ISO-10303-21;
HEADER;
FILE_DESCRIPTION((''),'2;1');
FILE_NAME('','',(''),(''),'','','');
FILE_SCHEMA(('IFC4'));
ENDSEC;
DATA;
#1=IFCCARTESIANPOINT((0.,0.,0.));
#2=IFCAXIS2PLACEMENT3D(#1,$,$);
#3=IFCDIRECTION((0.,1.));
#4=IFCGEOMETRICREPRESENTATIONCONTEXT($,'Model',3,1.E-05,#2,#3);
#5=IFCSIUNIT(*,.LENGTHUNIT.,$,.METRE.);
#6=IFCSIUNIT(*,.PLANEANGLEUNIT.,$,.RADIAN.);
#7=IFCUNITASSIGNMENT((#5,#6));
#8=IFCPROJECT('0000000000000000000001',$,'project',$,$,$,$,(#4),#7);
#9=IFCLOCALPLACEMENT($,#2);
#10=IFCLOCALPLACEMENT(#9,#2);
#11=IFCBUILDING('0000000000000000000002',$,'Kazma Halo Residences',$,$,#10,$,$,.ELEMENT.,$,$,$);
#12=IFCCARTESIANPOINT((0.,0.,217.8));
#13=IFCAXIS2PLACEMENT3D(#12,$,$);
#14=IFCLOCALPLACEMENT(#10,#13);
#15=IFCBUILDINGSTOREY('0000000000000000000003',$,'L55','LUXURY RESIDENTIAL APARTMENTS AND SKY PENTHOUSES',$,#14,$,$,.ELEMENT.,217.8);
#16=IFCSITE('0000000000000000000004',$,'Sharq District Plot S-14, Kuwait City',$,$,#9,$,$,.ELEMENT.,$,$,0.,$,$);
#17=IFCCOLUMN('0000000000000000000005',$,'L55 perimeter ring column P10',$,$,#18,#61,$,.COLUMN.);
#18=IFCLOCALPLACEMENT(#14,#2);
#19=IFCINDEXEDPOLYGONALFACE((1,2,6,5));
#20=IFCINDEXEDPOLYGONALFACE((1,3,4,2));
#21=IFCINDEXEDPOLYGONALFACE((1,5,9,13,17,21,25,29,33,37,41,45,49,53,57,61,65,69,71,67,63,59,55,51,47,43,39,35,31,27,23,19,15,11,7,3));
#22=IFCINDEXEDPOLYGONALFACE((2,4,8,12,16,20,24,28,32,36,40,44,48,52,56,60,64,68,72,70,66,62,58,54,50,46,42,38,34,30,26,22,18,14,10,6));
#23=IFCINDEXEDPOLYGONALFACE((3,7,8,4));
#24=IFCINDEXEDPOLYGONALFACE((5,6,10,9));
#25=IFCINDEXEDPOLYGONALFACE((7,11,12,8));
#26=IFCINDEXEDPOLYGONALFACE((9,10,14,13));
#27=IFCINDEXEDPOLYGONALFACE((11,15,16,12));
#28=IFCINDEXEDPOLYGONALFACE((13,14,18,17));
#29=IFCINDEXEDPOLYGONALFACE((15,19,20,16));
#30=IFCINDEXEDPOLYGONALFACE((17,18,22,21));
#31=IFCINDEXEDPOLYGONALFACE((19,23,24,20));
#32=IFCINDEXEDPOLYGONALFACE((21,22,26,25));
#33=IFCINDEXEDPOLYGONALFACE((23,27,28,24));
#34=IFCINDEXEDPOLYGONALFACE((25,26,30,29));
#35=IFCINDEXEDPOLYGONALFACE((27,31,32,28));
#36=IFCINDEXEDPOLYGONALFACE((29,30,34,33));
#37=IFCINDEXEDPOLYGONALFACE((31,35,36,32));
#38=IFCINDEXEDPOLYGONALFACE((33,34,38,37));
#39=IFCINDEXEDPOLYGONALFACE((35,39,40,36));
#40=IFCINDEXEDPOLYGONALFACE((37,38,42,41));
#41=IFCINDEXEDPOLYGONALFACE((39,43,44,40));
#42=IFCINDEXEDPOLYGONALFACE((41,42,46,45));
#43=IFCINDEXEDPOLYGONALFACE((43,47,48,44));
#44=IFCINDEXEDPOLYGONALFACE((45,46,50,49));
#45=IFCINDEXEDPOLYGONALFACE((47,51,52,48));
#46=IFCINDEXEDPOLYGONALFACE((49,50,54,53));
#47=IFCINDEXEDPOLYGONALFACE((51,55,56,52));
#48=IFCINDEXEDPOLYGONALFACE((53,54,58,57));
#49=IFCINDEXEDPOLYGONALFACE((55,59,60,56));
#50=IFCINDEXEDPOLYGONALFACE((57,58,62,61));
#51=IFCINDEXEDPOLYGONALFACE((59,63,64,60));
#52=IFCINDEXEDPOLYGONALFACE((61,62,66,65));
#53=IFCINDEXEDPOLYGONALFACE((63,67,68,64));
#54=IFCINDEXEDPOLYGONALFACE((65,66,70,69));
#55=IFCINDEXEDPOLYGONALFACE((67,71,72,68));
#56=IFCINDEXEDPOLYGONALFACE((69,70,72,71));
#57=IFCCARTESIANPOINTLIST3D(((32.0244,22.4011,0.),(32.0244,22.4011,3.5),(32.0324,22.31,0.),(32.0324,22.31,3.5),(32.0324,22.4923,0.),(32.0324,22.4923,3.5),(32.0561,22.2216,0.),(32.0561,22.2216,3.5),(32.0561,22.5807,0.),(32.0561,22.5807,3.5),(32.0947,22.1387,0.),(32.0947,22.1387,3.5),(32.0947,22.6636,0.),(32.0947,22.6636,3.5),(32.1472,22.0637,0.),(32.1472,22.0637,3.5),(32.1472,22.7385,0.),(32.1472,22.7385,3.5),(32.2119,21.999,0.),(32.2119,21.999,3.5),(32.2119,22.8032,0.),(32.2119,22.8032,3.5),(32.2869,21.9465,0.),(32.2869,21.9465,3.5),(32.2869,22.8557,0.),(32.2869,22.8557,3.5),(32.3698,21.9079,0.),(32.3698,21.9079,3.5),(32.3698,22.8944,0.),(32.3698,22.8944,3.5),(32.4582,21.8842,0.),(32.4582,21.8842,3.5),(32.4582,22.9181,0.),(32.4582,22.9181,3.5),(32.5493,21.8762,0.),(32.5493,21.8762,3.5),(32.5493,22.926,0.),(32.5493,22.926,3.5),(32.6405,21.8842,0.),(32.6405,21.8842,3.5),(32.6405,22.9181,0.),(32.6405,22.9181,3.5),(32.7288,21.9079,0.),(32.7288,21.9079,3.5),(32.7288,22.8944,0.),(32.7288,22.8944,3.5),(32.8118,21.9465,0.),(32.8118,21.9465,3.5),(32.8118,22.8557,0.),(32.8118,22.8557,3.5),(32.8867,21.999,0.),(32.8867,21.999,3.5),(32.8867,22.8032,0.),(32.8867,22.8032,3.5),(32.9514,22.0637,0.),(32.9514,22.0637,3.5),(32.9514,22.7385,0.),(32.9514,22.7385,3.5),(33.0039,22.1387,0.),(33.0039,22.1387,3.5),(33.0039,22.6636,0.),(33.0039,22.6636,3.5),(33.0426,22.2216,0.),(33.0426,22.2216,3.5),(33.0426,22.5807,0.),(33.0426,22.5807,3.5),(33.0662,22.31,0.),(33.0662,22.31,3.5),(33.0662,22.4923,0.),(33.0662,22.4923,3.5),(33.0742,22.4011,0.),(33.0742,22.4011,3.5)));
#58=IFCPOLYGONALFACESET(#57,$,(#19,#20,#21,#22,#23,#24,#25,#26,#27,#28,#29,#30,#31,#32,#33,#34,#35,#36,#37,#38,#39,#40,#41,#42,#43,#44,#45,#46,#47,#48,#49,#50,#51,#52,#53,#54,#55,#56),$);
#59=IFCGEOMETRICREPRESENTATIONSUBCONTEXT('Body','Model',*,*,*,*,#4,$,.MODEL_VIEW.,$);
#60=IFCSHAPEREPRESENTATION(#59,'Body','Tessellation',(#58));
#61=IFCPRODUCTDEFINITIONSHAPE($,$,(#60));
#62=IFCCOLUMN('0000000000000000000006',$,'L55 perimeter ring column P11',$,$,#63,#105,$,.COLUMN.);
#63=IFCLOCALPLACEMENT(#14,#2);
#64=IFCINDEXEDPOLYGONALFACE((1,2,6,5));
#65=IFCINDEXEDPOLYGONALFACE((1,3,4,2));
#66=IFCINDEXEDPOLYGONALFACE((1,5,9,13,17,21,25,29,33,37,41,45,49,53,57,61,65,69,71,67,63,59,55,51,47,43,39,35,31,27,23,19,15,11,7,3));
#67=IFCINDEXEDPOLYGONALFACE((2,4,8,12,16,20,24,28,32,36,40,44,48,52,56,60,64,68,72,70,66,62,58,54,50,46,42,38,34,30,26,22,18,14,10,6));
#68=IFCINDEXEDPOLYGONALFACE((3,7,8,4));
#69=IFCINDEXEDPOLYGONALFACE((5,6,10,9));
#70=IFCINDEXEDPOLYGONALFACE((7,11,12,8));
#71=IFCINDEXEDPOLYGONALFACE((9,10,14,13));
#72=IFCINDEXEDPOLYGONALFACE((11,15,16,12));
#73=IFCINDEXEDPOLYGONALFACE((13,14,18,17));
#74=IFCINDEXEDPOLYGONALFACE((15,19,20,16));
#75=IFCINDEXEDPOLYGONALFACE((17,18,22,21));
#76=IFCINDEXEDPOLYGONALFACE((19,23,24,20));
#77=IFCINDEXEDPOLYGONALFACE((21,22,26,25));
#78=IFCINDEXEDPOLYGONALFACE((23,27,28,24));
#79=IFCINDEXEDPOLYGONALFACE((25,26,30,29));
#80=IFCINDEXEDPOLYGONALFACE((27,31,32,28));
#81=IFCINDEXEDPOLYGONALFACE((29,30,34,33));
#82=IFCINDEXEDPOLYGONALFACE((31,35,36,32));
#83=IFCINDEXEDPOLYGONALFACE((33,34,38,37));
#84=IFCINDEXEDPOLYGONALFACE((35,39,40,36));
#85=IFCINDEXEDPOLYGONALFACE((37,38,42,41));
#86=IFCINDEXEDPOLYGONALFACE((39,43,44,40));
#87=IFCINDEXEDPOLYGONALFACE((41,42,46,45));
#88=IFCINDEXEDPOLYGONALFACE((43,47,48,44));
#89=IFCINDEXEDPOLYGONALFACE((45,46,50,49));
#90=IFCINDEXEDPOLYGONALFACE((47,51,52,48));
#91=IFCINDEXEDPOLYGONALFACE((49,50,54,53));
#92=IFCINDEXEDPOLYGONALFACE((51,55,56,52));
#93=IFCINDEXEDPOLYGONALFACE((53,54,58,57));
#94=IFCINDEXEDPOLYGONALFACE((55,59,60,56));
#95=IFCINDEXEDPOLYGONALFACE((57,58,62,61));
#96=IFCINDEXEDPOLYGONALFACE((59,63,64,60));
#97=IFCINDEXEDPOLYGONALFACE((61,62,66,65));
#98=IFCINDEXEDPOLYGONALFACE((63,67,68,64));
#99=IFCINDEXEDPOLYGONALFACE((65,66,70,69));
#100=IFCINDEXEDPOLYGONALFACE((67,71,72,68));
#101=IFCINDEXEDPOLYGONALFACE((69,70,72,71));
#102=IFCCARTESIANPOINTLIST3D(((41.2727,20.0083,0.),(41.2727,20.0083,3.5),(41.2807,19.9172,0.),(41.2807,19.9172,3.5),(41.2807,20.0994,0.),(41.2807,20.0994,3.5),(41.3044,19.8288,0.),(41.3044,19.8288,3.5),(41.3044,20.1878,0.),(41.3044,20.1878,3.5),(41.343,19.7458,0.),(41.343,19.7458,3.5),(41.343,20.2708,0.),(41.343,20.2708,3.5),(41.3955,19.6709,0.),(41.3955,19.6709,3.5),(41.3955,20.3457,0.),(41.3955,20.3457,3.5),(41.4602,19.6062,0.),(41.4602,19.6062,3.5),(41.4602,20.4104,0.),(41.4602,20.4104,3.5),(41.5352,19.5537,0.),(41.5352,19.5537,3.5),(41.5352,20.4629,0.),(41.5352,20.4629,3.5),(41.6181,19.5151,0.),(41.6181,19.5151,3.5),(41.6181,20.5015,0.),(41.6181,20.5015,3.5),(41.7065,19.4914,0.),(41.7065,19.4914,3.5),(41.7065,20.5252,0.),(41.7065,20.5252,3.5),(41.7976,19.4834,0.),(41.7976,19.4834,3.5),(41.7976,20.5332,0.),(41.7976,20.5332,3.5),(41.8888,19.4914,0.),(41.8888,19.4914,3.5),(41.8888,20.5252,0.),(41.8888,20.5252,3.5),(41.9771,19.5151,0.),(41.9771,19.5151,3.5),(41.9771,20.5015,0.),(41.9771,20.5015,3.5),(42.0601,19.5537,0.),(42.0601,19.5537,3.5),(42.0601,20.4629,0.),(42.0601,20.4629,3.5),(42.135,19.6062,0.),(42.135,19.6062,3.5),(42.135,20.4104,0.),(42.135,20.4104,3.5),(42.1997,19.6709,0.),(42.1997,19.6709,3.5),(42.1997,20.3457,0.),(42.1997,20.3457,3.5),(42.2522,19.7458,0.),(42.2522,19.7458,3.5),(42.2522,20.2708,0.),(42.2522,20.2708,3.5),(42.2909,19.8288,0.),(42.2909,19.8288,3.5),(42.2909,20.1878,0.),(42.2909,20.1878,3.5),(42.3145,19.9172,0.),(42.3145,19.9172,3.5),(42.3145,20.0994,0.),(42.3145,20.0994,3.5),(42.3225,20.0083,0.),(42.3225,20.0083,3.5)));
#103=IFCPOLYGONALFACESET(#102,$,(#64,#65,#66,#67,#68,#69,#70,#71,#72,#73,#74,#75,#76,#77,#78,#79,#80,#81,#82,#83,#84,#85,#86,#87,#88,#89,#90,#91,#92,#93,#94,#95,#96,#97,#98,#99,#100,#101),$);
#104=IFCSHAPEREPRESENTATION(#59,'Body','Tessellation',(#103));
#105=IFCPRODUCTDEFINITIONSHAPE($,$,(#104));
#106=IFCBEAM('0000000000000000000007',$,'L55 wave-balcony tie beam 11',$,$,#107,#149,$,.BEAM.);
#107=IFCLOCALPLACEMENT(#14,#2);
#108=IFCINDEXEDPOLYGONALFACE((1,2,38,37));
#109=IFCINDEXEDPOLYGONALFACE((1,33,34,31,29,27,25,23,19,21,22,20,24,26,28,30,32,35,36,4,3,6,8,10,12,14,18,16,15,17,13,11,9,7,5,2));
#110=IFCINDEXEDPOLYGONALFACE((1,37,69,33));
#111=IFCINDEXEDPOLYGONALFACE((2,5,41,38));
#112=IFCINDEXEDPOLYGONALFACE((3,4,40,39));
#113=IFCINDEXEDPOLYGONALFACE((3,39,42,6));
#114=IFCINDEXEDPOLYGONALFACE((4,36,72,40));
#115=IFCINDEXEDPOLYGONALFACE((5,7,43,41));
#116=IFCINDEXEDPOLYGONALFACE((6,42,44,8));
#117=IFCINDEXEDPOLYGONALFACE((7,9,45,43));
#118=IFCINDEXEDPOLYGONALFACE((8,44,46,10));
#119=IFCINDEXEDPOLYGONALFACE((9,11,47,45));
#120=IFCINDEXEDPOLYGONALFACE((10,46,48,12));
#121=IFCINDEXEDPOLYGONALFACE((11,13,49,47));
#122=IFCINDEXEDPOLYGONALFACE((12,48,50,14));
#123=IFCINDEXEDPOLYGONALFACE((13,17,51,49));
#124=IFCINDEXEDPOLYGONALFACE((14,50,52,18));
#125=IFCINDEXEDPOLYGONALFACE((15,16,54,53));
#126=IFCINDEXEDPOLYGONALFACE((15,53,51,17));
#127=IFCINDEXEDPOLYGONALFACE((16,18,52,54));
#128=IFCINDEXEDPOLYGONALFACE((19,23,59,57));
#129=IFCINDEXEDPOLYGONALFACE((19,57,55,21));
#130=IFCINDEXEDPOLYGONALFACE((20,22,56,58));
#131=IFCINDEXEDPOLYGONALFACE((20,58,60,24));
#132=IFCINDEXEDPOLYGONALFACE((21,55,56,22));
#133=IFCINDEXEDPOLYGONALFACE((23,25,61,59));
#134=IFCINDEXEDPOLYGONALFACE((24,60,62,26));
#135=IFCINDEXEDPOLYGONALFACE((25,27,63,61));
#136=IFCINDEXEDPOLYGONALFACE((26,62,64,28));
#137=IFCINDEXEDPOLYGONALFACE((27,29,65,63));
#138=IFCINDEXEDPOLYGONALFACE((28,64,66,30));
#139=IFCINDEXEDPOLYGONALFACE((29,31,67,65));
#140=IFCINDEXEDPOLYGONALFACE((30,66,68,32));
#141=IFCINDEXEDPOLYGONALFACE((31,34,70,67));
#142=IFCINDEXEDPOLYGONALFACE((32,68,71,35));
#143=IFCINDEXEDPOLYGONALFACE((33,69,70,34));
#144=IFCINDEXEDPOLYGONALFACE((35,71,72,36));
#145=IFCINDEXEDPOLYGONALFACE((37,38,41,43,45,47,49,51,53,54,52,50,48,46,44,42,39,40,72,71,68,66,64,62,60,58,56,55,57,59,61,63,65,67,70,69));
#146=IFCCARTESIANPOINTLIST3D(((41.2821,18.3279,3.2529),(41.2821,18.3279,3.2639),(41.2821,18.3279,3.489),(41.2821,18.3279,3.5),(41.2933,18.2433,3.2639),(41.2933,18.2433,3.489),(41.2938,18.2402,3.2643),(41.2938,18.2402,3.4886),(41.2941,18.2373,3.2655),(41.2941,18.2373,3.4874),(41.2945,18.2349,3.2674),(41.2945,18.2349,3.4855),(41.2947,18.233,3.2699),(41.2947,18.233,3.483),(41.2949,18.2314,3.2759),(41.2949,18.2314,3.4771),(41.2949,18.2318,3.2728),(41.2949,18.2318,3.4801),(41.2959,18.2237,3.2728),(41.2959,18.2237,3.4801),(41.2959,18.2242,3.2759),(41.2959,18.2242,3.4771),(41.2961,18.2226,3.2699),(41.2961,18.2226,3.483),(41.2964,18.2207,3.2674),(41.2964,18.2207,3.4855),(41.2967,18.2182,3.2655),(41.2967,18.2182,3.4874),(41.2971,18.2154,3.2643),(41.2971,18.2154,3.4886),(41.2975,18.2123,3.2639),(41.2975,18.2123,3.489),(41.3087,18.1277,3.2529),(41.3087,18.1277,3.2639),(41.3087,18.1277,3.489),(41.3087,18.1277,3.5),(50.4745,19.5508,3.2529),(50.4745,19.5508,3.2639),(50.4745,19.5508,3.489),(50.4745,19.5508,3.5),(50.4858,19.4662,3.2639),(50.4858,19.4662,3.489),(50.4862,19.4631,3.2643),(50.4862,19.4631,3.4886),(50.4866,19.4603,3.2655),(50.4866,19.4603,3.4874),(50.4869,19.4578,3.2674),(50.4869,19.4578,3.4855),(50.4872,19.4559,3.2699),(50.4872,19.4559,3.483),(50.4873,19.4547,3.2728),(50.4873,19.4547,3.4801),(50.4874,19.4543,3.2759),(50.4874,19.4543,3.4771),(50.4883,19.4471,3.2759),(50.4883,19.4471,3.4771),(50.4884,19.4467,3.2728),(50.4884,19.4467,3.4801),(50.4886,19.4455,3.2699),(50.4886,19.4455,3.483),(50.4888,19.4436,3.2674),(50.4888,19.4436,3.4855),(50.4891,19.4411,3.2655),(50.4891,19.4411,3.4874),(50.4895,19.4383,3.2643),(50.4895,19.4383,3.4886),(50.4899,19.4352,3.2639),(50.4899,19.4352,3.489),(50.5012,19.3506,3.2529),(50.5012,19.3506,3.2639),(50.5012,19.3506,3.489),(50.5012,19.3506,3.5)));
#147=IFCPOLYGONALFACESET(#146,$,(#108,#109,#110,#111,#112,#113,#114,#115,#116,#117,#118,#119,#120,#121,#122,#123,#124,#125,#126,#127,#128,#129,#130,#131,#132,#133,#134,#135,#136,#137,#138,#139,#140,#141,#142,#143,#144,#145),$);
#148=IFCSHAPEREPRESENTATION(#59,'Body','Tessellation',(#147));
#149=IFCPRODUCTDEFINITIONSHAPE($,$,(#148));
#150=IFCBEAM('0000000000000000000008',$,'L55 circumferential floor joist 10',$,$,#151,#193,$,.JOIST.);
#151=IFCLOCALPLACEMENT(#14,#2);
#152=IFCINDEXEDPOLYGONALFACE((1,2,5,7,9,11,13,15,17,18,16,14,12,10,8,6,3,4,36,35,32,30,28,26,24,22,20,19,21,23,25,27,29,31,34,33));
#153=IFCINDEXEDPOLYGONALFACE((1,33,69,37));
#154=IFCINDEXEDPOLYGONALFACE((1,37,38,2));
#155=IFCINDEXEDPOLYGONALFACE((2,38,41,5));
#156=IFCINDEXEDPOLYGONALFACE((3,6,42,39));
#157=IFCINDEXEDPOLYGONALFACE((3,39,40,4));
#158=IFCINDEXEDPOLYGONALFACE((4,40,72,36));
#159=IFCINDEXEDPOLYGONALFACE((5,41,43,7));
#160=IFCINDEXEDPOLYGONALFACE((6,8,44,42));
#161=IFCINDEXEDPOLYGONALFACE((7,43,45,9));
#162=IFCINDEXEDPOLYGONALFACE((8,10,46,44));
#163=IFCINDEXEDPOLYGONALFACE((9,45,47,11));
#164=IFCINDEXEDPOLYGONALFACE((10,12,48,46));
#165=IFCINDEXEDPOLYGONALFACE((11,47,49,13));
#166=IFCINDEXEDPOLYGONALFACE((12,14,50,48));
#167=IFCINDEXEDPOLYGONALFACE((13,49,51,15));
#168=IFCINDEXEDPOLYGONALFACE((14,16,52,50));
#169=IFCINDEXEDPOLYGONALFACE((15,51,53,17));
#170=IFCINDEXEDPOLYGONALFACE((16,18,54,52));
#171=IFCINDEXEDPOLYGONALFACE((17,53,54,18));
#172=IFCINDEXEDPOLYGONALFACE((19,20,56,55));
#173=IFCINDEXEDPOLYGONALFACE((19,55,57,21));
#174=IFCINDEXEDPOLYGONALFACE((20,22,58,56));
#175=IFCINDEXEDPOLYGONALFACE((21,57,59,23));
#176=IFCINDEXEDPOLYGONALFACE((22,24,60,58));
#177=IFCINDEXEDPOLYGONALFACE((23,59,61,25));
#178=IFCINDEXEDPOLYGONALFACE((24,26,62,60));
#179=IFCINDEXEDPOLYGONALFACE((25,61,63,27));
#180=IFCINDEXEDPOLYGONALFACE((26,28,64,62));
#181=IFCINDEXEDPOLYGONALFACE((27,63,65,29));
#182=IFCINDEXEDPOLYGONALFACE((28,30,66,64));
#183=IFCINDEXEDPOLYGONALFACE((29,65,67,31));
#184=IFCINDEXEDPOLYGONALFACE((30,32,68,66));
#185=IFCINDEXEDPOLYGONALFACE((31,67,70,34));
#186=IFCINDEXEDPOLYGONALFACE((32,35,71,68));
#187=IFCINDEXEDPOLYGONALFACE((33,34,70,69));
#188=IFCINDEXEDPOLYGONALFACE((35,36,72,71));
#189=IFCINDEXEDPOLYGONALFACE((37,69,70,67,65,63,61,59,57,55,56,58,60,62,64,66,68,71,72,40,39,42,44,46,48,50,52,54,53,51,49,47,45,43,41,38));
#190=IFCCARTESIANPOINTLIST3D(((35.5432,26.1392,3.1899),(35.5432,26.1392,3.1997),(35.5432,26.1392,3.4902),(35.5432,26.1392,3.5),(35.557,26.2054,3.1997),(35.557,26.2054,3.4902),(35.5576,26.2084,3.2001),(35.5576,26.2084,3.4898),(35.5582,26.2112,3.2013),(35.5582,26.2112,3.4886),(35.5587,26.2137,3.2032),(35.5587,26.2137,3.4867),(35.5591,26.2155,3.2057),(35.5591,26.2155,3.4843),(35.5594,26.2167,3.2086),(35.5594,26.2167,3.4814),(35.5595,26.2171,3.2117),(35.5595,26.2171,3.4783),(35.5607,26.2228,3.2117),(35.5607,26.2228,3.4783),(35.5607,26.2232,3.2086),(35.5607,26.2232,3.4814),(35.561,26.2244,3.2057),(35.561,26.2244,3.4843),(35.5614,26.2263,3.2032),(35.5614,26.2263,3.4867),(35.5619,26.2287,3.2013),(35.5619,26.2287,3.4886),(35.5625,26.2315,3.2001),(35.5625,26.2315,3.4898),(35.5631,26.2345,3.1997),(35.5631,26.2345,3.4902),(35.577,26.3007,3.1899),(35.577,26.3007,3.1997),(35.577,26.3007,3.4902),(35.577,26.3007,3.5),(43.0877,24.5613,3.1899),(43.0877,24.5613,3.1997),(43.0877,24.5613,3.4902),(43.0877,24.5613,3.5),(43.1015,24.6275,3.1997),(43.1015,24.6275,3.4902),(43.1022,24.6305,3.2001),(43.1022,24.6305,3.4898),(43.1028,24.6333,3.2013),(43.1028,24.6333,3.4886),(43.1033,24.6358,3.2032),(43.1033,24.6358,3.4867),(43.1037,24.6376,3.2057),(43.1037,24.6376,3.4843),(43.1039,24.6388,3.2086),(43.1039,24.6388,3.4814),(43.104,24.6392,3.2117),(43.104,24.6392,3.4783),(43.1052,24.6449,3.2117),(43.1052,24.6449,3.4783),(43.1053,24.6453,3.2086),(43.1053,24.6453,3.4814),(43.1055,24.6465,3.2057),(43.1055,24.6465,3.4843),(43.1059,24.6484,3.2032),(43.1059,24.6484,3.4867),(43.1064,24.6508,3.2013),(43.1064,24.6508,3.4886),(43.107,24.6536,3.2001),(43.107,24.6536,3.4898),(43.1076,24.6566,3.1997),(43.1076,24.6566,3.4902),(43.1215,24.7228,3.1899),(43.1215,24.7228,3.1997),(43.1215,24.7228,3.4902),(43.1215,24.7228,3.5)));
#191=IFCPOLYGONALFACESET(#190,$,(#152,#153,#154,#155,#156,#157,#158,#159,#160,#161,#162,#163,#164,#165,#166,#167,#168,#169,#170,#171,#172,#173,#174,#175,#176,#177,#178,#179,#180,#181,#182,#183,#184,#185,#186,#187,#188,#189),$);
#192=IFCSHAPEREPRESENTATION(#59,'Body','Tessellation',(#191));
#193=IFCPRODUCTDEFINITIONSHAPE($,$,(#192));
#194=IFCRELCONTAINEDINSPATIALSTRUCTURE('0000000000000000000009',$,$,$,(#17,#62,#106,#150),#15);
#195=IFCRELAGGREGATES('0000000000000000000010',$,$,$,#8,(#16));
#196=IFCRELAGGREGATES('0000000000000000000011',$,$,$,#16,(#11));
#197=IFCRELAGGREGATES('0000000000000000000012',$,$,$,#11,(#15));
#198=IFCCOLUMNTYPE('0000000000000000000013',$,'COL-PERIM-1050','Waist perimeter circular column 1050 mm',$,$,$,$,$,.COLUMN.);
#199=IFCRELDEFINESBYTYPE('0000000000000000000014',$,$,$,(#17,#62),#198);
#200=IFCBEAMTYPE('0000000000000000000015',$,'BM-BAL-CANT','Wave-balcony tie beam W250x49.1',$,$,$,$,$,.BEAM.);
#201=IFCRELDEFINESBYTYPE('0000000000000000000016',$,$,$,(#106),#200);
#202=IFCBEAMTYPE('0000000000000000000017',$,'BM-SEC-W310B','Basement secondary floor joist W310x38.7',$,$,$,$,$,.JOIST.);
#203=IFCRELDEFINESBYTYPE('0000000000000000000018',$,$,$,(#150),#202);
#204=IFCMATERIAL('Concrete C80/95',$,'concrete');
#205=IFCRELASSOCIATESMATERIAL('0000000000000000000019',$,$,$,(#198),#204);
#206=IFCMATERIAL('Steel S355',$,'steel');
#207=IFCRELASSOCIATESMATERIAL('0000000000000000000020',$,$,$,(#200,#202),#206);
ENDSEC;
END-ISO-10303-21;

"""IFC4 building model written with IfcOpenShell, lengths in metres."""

from ifc_helpers import new_model, si_unit, direction, frame, origin, origin_2d, place, context, subcontext, project, spatial, circle, i_section, extrude, material, material_profile, profile_set, type_object, element, save


model = new_model("IFC4")

# Units and contexts
model_context = context("Model", 3, precision=1e-05, world=origin(), true_north=direction((0.0, 1.0)))
body_context = subcontext(model_context, "Body", "Model", "MODEL_VIEW")
ifc_project = project(units=[si_unit("LENGTHUNIT", "METRE"), si_unit("PLANEANGLEUNIT", "RADIAN")], contexts=[model_context])

# Site, building, storey
site_placement = place(None, origin())
site = spatial("IfcSite", under=ifc_project, at=site_placement, Name="Sharq District Plot S-14, Kuwait City", CompositionType="ELEMENT", RefElevation=0.0)
building_placement = place(site_placement, origin())
building = spatial("IfcBuilding", under=site, at=building_placement, Name="Kazma Halo Residences", CompositionType="ELEMENT")
storey_placement = place(building_placement, frame((0.0, 0.0, 217.8)))
storey = spatial("IfcBuildingStorey", under=building, at=storey_placement, Name="L55", Description="LUXURY RESIDENTIAL APARTMENTS AND SKY PENTHOUSES", CompositionType="ELEMENT", Elevation=217.8)

# Columns
ifc_material_1 = material(Name="Concrete C80/95", Category="concrete")
ifc_material_profile_1 = material_profile(ifc_material_1, circle(Radius=0.5249, at=origin_2d()), Name="CIRC1050")
ifc_profile_set_1 = profile_set([ifc_material_profile_1], Name="Concrete C80/95")
column_type = type_object("IfcColumnType", Name="COL-PERIM-1050", Description="Waist perimeter circular column 1050 mm", PredefinedType="COLUMN", material=ifc_profile_set_1)
for number, where, z_axis, x_axis, name in (
    (1, (32.5493, 22.4011, 0.0), (0.0, 0.0, 1.0), (1.0, 0.0, 0.0), "L55 perimeter ring column P10"),
    (2, (41.7976, 20.0083, 0.0), (0.0, 0.0, 1.0), (1.0, 0.0, 0.0), "L55 perimeter ring column P11"),
):
    element("IfcColumn", number, at=place(storey_placement, frame(where, z_axis=z_axis, x_axis=x_axis)), inside=storey, type_object=column_type, Name=name, PredefinedType="COLUMN", context=body_context, shape_type="SweptSolid", body=[
        extrude(circle(Radius=0.5249, at=origin_2d()), origin(), (0.0, 0.0, 1.0), 3.5),
    ])

# Beams
ifc_material_2 = material(Name="Steel S355", Category="steel")
ifc_material_profile_2 = material_profile(ifc_material_2, i_section(OverallWidth=0.2019, OverallDepth=0.2471, WebThickness=0.0073, FlangeThickness=0.011, FilletRadius=0.012, at=origin_2d()), Name="W250x49.1")
ifc_profile_set_2 = profile_set([ifc_material_profile_2], Name="Steel S355")
beam_type_1 = type_object("IfcBeamType", Name="BM-BAL-CANT", Description="Wave-balcony tie beam W250x49.1", PredefinedType="BEAM", material=ifc_profile_set_2)
beam_1_placement = place(storey_placement, frame((41.2954, 18.2278, 3.3765), z_axis=(0.991267, 0.131872, 0.0), x_axis=(-0.131872, 0.991267, 0.0)))
element("IfcBeam", 3, at=beam_1_placement, inside=storey, type_object=beam_type_1, Name="L55 wave-balcony tie beam 11", PredefinedType="BEAM", context=body_context, shape_type="SweptSolid", body=[
    extrude(i_section(OverallWidth=0.2019, OverallDepth=0.2471, WebThickness=0.0073, FlangeThickness=0.011, FilletRadius=0.012, at=origin_2d()), origin(), (0.0, 0.0, 1.0), 9.2734),
])
ifc_material_profile_3 = material_profile(ifc_material_2, i_section(OverallWidth=0.165, OverallDepth=0.3101, WebThickness=0.0059, FlangeThickness=0.0098, FilletRadius=0.012, at=origin_2d()), Name="W310x38.7")
ifc_profile_set_3 = profile_set([ifc_material_profile_3], Name="Steel S355")
beam_type_2 = type_object("IfcBeamType", Name="BM-SEC-W310B", Description="Basement secondary floor joist W310x38.7", PredefinedType="JOIST", material=ifc_profile_set_3)
beam_2_placement = place(storey_placement, frame((35.5601, 26.22, 3.345), z_axis=(0.978821, -0.204716, 0.0), x_axis=(0.204716, 0.978821, 0.0)))
element("IfcBeam", 4, at=beam_2_placement, inside=storey, type_object=beam_type_2, Name="L55 circumferential floor joist 10", PredefinedType="JOIST", context=body_context, shape_type="SweptSolid", body=[
    extrude(i_section(OverallWidth=0.165, OverallDepth=0.3101, WebThickness=0.0059, FlangeThickness=0.0098, FilletRadius=0.012, at=origin_2d()), origin(), (0.0, 0.0, 1.0), 7.7078),
])

save(model, "model.ifc")
